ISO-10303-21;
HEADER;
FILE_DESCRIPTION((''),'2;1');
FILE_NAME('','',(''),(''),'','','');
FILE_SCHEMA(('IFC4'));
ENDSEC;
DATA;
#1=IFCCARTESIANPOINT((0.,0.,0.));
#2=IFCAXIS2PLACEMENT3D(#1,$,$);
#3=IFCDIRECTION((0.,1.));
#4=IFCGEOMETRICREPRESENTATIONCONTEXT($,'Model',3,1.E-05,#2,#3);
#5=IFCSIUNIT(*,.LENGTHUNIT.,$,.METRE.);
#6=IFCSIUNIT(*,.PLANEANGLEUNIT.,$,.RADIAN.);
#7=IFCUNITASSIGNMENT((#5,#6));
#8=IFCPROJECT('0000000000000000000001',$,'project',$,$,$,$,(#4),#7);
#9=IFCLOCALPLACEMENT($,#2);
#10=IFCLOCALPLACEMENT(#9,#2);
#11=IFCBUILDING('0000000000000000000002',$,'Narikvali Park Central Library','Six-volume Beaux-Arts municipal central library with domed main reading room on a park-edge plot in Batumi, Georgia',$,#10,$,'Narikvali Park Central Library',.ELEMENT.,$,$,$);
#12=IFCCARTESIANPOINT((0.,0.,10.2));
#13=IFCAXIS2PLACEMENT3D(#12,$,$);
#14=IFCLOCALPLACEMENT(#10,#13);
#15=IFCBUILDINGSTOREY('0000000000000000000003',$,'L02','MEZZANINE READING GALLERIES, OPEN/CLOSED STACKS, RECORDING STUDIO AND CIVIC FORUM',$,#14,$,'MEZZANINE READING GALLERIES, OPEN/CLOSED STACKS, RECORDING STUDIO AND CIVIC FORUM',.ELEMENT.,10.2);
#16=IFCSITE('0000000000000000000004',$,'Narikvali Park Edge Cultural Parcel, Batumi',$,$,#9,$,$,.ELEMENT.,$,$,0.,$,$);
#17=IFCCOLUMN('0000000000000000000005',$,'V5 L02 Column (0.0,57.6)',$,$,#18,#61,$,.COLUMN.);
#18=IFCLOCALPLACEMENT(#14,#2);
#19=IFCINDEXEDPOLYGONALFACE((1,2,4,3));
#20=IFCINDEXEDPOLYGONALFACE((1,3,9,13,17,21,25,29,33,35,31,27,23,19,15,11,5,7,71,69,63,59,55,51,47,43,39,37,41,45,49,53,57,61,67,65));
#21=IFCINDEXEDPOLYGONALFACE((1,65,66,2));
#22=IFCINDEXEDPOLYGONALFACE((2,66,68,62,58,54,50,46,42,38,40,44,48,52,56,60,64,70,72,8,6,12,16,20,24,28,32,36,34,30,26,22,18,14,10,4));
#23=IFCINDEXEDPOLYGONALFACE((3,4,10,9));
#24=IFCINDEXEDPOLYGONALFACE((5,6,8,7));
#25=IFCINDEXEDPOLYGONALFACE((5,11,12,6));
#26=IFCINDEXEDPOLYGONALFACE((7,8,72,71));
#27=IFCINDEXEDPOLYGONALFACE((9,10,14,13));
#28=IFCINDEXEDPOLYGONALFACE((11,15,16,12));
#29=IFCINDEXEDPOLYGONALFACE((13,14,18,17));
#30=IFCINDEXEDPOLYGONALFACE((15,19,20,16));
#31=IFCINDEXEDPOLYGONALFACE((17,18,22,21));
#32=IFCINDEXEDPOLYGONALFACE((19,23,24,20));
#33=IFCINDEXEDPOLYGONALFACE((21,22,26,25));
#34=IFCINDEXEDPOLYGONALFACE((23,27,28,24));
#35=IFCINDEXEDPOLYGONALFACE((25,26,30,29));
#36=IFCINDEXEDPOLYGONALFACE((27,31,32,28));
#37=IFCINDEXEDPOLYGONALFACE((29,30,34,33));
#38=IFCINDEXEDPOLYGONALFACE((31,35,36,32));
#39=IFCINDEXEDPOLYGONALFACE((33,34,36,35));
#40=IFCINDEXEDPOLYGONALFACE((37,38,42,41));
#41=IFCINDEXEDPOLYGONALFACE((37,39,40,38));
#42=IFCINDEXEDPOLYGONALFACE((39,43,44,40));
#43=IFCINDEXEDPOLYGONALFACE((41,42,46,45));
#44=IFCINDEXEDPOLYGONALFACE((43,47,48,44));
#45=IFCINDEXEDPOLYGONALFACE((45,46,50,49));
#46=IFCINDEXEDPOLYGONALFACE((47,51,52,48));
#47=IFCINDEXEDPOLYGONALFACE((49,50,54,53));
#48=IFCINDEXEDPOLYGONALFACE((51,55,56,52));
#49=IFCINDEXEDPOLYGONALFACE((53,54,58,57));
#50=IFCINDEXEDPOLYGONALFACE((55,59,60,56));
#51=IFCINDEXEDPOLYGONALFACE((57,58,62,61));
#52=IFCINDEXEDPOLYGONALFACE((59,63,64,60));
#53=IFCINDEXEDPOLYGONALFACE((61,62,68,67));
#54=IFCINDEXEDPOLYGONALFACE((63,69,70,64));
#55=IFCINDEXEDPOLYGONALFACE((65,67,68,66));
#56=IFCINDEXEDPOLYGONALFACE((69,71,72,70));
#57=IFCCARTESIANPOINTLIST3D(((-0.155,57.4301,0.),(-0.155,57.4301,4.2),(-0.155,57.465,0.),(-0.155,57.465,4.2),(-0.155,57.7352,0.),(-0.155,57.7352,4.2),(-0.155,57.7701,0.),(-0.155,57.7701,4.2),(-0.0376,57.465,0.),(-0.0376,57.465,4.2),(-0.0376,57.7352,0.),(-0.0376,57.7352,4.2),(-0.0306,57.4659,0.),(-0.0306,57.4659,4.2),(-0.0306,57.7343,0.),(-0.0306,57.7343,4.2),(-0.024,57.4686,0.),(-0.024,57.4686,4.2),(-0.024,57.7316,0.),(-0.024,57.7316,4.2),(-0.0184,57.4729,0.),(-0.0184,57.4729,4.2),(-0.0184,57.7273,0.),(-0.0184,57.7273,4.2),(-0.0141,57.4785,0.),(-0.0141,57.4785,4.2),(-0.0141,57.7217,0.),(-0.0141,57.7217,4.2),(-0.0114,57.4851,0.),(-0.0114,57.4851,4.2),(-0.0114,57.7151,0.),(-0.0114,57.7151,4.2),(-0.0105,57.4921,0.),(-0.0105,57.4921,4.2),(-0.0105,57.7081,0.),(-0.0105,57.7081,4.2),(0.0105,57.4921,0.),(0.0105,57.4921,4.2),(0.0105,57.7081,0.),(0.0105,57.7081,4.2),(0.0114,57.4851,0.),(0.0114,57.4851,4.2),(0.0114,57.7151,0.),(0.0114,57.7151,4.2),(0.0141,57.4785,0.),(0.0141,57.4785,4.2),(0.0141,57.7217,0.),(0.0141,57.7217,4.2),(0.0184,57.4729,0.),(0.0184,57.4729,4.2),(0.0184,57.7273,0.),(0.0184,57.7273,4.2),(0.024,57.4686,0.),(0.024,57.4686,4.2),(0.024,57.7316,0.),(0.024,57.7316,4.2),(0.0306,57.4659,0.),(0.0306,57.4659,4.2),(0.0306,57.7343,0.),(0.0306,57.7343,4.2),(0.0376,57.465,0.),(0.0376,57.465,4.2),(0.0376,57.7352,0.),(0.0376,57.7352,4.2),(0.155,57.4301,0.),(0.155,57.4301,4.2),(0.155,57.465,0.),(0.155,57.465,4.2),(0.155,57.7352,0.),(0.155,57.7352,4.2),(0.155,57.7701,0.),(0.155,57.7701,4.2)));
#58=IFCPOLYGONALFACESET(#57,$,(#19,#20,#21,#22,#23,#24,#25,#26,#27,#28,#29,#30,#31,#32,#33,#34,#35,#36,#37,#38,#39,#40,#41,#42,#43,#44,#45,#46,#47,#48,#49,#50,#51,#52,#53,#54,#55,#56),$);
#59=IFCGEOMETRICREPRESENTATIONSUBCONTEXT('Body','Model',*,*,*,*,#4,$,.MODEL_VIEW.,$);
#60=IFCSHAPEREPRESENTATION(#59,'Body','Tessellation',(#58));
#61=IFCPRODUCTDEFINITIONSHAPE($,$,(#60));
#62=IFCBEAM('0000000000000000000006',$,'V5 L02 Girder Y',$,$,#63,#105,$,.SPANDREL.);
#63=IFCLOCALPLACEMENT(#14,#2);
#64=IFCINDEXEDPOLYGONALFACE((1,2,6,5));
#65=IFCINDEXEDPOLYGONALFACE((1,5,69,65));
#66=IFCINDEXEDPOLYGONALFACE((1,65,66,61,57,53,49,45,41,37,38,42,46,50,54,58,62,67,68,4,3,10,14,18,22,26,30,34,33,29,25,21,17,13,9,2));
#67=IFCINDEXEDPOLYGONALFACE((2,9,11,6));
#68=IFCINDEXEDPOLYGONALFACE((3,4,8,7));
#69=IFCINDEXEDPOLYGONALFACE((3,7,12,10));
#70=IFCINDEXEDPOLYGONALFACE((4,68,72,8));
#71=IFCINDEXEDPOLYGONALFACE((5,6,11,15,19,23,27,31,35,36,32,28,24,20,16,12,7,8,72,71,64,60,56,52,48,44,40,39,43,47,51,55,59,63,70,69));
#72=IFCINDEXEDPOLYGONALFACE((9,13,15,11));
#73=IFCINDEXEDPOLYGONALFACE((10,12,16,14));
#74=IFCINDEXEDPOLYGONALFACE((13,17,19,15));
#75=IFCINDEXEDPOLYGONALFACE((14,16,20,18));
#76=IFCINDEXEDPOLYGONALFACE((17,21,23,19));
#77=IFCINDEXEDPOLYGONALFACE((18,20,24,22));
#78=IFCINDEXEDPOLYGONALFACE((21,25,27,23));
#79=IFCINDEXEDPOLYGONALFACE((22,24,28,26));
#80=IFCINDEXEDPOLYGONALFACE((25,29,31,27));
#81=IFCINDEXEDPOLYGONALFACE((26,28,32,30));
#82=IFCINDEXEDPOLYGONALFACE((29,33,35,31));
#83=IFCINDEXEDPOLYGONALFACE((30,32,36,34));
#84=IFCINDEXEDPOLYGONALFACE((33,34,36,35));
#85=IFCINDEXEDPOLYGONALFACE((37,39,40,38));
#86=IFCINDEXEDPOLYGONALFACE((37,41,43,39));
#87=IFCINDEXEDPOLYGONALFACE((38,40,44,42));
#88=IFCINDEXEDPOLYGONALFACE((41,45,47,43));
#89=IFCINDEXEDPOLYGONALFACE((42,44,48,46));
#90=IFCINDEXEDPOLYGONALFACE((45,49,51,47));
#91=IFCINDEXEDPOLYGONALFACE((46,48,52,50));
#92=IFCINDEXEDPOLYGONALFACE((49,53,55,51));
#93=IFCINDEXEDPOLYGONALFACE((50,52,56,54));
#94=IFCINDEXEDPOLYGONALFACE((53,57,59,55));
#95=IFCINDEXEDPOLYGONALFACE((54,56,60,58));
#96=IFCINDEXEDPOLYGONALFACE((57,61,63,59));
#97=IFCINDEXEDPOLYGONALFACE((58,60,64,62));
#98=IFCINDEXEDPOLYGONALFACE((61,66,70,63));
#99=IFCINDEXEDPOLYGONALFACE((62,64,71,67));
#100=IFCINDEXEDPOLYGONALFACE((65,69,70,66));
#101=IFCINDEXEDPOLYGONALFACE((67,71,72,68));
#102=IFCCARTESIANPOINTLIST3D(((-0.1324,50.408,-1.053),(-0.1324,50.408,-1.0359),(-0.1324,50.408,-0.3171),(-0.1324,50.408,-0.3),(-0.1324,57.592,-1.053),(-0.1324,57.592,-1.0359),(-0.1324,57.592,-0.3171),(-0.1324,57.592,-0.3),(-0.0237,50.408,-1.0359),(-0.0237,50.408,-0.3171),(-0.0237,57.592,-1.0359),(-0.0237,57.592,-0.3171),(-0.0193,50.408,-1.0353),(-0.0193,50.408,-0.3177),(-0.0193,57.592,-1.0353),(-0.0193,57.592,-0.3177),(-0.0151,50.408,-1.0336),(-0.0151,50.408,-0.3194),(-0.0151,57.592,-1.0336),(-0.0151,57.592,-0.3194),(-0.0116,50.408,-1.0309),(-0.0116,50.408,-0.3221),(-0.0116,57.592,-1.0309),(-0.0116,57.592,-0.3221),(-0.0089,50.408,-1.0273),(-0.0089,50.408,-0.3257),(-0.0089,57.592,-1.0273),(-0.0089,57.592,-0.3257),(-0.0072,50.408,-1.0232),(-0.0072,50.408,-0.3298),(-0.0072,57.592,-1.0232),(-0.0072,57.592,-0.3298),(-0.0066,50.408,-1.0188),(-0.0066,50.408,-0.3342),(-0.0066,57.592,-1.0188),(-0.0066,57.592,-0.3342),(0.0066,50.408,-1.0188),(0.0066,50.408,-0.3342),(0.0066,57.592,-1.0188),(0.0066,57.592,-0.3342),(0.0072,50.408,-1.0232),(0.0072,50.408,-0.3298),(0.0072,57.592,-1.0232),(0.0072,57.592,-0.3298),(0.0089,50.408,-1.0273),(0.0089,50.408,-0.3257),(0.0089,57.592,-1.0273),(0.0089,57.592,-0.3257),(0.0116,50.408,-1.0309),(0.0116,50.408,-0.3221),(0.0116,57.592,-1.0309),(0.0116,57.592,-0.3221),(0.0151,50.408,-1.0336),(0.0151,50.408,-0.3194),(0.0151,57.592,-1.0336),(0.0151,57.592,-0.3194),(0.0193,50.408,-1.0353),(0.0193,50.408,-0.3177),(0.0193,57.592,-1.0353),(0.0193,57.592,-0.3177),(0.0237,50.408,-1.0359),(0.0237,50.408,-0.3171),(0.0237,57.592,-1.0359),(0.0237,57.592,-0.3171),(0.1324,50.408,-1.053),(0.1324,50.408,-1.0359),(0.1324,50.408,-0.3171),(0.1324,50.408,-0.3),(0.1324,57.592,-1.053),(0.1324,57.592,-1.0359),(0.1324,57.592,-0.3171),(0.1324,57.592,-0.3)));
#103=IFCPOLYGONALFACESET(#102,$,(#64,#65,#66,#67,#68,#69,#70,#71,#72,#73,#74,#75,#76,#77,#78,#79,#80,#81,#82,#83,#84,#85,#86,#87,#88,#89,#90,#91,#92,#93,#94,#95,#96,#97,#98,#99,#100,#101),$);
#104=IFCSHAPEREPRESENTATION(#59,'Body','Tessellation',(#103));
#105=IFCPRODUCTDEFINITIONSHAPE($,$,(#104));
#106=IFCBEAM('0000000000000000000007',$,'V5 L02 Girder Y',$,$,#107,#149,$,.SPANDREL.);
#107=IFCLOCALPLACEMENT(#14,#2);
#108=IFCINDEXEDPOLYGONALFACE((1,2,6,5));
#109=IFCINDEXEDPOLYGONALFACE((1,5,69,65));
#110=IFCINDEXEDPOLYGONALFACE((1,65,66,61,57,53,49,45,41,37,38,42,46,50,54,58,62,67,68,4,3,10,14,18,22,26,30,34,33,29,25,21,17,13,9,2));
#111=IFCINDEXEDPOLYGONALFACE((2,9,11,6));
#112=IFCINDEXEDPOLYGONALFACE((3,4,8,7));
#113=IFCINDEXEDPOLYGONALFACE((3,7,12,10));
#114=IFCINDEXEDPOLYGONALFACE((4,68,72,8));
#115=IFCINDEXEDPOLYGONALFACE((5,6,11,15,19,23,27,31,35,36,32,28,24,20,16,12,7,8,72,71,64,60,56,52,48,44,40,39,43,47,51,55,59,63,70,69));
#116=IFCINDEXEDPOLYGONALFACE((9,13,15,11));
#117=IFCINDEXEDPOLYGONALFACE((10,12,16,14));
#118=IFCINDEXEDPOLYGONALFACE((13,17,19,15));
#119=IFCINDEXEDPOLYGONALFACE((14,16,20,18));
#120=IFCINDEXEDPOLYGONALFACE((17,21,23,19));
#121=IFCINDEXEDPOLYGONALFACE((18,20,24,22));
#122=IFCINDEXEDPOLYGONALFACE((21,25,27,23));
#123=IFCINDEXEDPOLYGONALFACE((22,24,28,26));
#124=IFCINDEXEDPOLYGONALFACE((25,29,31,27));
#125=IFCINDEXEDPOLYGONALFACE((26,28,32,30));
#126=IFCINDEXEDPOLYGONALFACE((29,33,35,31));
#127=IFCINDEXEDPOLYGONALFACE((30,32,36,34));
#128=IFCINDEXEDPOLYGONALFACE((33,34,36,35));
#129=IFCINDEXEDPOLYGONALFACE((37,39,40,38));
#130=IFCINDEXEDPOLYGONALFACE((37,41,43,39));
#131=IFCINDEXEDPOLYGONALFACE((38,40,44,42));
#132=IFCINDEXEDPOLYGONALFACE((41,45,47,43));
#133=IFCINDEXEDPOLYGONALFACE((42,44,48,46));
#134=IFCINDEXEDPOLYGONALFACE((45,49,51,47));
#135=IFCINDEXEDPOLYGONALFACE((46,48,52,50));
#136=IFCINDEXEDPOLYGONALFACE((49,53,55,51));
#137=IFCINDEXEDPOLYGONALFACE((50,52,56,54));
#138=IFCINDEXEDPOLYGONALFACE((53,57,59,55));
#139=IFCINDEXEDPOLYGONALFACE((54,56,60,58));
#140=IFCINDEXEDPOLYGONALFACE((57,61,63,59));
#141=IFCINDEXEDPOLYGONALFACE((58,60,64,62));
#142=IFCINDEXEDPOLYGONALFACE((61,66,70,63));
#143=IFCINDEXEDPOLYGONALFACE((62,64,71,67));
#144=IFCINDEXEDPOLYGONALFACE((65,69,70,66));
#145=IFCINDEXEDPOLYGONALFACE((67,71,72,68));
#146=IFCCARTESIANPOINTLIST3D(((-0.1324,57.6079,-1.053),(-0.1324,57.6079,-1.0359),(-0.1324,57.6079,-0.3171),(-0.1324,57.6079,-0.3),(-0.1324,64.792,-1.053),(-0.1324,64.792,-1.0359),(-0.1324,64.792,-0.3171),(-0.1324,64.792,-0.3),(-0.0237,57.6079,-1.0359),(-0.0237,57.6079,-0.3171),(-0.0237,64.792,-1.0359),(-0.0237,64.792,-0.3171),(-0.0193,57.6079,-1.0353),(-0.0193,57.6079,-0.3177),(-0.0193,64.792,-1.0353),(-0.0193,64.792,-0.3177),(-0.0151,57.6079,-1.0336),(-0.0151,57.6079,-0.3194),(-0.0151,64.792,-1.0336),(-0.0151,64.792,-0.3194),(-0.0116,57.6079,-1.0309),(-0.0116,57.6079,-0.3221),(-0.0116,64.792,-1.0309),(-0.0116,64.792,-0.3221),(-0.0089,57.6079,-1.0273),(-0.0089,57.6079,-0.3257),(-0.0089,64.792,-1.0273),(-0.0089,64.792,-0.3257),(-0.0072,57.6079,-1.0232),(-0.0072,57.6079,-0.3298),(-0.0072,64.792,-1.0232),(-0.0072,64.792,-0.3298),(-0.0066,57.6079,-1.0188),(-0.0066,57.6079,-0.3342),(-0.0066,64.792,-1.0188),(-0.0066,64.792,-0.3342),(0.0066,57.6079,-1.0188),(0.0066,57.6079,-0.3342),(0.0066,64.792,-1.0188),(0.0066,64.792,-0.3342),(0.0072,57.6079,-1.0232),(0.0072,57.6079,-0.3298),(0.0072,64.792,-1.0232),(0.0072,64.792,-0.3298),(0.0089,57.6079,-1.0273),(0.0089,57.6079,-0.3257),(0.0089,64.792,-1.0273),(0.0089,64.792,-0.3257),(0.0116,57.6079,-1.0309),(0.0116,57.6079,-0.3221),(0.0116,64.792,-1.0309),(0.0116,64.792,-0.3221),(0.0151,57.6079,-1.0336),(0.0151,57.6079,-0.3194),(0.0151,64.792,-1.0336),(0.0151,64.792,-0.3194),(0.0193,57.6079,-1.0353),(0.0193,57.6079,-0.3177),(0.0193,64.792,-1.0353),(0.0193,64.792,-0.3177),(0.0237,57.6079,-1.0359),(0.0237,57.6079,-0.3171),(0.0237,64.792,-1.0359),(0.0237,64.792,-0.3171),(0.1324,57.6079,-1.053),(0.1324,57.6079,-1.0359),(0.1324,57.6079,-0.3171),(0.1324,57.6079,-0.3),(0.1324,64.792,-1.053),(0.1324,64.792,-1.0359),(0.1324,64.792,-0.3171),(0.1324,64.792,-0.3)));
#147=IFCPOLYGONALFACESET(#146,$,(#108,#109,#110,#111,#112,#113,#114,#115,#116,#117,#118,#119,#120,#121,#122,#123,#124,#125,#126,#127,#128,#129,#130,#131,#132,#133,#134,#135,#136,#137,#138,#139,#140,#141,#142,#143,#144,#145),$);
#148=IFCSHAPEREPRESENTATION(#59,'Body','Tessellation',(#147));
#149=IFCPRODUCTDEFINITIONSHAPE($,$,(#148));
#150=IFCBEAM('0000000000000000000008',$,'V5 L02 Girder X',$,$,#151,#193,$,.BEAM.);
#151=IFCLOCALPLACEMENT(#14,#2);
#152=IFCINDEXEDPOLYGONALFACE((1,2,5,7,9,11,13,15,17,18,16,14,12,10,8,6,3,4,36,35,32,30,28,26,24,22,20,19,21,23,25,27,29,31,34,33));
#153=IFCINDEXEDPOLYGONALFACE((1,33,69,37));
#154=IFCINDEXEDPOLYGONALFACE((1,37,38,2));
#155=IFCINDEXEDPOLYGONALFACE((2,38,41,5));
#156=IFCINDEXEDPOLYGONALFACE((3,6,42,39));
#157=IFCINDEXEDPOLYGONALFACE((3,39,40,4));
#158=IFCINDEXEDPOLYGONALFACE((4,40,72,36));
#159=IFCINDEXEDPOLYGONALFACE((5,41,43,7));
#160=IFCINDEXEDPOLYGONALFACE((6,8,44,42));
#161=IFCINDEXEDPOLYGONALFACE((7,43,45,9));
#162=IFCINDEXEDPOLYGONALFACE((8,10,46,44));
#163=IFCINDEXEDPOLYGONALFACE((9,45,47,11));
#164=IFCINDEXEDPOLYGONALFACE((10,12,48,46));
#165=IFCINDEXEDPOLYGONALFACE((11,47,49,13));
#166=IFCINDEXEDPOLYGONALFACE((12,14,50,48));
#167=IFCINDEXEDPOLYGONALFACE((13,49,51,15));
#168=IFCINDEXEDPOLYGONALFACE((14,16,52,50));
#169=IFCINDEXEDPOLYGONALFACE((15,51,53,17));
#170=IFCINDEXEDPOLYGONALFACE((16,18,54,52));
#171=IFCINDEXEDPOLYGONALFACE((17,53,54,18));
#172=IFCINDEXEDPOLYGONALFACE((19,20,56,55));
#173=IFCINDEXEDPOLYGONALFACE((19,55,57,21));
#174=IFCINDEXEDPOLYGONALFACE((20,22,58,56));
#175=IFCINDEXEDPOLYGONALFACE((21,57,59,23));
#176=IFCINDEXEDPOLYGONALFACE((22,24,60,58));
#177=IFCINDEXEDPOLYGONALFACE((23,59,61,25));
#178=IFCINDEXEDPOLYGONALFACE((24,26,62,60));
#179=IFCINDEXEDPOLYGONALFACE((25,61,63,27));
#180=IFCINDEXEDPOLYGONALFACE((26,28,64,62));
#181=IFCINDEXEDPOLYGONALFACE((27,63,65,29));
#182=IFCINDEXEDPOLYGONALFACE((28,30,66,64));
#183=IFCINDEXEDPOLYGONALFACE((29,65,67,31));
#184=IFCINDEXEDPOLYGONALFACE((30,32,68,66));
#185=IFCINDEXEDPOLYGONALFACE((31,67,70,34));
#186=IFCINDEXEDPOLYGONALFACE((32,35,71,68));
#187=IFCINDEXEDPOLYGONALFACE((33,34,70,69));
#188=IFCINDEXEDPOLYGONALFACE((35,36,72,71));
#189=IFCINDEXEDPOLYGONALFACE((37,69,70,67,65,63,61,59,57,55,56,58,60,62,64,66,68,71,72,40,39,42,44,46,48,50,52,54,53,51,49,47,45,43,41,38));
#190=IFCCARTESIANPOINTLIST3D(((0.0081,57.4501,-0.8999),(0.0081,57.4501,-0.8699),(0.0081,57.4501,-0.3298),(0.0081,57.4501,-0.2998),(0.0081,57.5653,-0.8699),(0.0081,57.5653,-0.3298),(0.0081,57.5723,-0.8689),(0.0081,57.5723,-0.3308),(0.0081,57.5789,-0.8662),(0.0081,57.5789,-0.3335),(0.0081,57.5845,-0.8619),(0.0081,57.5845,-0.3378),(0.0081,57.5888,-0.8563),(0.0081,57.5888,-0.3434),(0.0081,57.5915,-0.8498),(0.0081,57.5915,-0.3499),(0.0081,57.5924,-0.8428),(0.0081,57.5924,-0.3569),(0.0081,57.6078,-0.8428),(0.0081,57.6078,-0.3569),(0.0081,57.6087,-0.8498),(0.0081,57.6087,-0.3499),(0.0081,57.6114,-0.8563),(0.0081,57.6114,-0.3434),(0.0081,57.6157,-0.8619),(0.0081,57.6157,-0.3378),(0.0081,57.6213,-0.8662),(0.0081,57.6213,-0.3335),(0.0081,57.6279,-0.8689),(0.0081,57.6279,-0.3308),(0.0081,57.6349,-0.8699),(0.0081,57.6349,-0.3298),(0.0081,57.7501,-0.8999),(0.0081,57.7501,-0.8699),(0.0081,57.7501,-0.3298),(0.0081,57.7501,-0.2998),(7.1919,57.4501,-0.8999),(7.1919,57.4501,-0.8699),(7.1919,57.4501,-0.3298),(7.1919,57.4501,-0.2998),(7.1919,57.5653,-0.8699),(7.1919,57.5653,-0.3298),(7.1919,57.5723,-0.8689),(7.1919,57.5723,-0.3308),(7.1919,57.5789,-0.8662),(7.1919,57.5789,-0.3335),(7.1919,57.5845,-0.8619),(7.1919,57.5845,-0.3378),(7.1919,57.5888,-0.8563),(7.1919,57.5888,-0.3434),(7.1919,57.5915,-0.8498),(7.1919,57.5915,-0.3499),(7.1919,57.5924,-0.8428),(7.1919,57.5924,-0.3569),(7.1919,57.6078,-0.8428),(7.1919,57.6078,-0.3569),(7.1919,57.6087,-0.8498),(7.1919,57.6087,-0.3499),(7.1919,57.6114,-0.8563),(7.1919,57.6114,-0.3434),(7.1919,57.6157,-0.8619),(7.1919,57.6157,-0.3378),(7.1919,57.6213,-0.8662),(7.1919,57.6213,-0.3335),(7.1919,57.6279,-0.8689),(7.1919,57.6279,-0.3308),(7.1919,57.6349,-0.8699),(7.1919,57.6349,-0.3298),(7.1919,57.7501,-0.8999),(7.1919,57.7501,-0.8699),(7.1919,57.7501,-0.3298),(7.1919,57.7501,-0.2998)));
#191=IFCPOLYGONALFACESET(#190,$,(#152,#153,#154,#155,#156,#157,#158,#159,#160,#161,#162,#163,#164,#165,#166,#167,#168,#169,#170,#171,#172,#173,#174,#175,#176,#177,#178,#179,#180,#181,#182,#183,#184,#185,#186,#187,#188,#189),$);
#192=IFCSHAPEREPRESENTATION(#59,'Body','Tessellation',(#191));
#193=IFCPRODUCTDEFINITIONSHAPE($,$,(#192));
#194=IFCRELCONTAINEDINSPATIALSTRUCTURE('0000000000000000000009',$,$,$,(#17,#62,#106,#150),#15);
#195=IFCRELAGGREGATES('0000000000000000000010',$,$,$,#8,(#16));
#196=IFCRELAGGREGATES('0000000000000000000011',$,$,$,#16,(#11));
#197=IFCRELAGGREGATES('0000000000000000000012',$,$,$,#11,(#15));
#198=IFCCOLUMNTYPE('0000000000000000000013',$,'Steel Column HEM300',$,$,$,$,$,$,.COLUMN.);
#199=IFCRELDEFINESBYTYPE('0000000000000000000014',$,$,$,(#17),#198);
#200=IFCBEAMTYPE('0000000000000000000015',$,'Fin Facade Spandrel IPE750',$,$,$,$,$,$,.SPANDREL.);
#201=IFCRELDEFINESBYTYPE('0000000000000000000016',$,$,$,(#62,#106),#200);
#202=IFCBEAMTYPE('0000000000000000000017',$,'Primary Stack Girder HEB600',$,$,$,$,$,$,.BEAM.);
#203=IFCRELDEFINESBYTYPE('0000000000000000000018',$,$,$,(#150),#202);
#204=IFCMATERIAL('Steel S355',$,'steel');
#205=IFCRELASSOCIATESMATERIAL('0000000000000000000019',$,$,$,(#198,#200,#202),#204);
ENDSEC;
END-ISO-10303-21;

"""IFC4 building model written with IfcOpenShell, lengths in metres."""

from ifc_helpers import new_model, si_unit, direction, frame, origin, origin_2d, place, context, subcontext, project, spatial, i_section, extrude, material, material_profile, profile_set, type_object, element, save


model = new_model("IFC4")

# Units and contexts
model_context = context("Model", 3, precision=1e-05, world=origin(), true_north=direction((0.0, 1.0)))
body_context = subcontext(model_context, "Body", "Model", "MODEL_VIEW")
ifc_project = project(units=[si_unit("LENGTHUNIT", "METRE"), si_unit("PLANEANGLEUNIT", "RADIAN")], contexts=[model_context])

# Site, building, storey
site_placement = place(None, origin())
site = spatial("IfcSite", under=ifc_project, at=site_placement, Name="Narikvali Park Edge Cultural Parcel, Batumi", CompositionType="ELEMENT", RefElevation=0.0)
building_placement = place(site_placement, origin())
building = spatial("IfcBuilding", under=site, at=building_placement, Name="Narikvali Park Central Library", Description="Six-volume Beaux-Arts municipal central library with domed main reading room on a park-edge plot in Batumi, Georgia", LongName="Narikvali Park Central Library", CompositionType="ELEMENT")
storey_placement = place(building_placement, frame((0.0, 0.0, 10.2)))
storey = spatial("IfcBuildingStorey", under=building, at=storey_placement, Name="L02", Description="MEZZANINE READING GALLERIES, OPEN/CLOSED STACKS, RECORDING STUDIO AND CIVIC FORUM", LongName="MEZZANINE READING GALLERIES, OPEN/CLOSED STACKS, RECORDING STUDIO AND CIVIC FORUM", CompositionType="ELEMENT", Elevation=10.2)

# Column
ifc_material_1 = material(Name="Steel S355", Category="steel")
ifc_material_profile_1 = material_profile(ifc_material_1, i_section(OverallWidth=0.3101, OverallDepth=0.3401, WebThickness=0.021, FlangeThickness=0.0349, FilletRadius=0.0271, at=origin_2d()), Name="HEM 300")
ifc_profile_set_1 = profile_set([ifc_material_profile_1], Name="Steel S355")
column_type = type_object("IfcColumnType", Name="Steel Column HEM300", PredefinedType="COLUMN", material=ifc_profile_set_1)
column_placement = place(storey_placement, frame((0.0, 57.6001, 0.0), z_axis=(0.0, 0.0, 1.0), x_axis=(1.0, 0.0, 0.0)))
element("IfcColumn", 1, at=column_placement, inside=storey, type_object=column_type, Name="V5 L02 Column (0.0,57.6)", PredefinedType="COLUMN", context=body_context, shape_type="SweptSolid", body=[
    extrude(i_section(OverallWidth=0.3101, OverallDepth=0.3401, WebThickness=0.021, FlangeThickness=0.0349, FilletRadius=0.0271, at=origin_2d()), origin(), (0.0, 0.0, 1.0), 4.2),
])

# Beams
ifc_material_profile_2 = material_profile(ifc_material_1, i_section(OverallWidth=0.2649, OverallDepth=0.7529, WebThickness=0.0132, FlangeThickness=0.0171, FilletRadius=0.0171, at=origin_2d()), Name="IPE 750x147")
ifc_profile_set_2 = profile_set([ifc_material_profile_2], Name="Steel S355")
beam_type_1 = type_object("IfcBeamType", Name="Fin Facade Spandrel IPE750", PredefinedType="SPANDREL", material=ifc_profile_set_2)
for number, where, z_axis, x_axis, name in (
    (2, (0.0, 50.408, -0.6765), (0.0, 1.0, 0.0), (-1.0, 0.0, 0.0), "V5 L02 Girder Y"),
    (3, (0.0, 57.6079, -0.6765), (0.0, 1.0, 0.0), (-1.0, 0.0, 0.0), "V5 L02 Girder Y"),
):
    element("IfcBeam", number, at=place(storey_placement, frame(where, z_axis=z_axis, x_axis=x_axis)), inside=storey, type_object=beam_type_1, Name=name, PredefinedType="SPANDREL", context=body_context, shape_type="SweptSolid", body=[
        extrude(i_section(OverallWidth=0.2649, OverallDepth=0.7529, WebThickness=0.0132, FlangeThickness=0.0171, FilletRadius=0.0171, at=origin_2d()), origin(), (0.0, 0.0, 1.0), 7.1841),
    ])
ifc_material_profile_3 = material_profile(ifc_material_1, i_section(OverallWidth=0.3, OverallDepth=0.6001, WebThickness=0.0154, FlangeThickness=0.03, FilletRadius=0.0271, at=origin_2d()), Name="HEB 600")
ifc_profile_set_3 = profile_set([ifc_material_profile_3], Name="Steel S355")
beam_type_2 = type_object("IfcBeamType", Name="Primary Stack Girder HEB600", PredefinedType="BEAM", material=ifc_profile_set_3)
beam_placement = place(storey_placement, frame((0.0081, 57.6001, -0.5999), z_axis=(1.0, 0.0, 0.0), x_axis=(0.0, 1.0, 0.0)))
element("IfcBeam", 4, at=beam_placement, inside=storey, type_object=beam_type_2, Name="V5 L02 Girder X", PredefinedType="BEAM", context=body_context, shape_type="SweptSolid", body=[
    extrude(i_section(OverallWidth=0.3, OverallDepth=0.6001, WebThickness=0.0154, FlangeThickness=0.03, FilletRadius=0.0271, at=origin_2d()), origin(), (0.0, 0.0, 1.0), 7.1838),
])

save(model, "model.ifc")
